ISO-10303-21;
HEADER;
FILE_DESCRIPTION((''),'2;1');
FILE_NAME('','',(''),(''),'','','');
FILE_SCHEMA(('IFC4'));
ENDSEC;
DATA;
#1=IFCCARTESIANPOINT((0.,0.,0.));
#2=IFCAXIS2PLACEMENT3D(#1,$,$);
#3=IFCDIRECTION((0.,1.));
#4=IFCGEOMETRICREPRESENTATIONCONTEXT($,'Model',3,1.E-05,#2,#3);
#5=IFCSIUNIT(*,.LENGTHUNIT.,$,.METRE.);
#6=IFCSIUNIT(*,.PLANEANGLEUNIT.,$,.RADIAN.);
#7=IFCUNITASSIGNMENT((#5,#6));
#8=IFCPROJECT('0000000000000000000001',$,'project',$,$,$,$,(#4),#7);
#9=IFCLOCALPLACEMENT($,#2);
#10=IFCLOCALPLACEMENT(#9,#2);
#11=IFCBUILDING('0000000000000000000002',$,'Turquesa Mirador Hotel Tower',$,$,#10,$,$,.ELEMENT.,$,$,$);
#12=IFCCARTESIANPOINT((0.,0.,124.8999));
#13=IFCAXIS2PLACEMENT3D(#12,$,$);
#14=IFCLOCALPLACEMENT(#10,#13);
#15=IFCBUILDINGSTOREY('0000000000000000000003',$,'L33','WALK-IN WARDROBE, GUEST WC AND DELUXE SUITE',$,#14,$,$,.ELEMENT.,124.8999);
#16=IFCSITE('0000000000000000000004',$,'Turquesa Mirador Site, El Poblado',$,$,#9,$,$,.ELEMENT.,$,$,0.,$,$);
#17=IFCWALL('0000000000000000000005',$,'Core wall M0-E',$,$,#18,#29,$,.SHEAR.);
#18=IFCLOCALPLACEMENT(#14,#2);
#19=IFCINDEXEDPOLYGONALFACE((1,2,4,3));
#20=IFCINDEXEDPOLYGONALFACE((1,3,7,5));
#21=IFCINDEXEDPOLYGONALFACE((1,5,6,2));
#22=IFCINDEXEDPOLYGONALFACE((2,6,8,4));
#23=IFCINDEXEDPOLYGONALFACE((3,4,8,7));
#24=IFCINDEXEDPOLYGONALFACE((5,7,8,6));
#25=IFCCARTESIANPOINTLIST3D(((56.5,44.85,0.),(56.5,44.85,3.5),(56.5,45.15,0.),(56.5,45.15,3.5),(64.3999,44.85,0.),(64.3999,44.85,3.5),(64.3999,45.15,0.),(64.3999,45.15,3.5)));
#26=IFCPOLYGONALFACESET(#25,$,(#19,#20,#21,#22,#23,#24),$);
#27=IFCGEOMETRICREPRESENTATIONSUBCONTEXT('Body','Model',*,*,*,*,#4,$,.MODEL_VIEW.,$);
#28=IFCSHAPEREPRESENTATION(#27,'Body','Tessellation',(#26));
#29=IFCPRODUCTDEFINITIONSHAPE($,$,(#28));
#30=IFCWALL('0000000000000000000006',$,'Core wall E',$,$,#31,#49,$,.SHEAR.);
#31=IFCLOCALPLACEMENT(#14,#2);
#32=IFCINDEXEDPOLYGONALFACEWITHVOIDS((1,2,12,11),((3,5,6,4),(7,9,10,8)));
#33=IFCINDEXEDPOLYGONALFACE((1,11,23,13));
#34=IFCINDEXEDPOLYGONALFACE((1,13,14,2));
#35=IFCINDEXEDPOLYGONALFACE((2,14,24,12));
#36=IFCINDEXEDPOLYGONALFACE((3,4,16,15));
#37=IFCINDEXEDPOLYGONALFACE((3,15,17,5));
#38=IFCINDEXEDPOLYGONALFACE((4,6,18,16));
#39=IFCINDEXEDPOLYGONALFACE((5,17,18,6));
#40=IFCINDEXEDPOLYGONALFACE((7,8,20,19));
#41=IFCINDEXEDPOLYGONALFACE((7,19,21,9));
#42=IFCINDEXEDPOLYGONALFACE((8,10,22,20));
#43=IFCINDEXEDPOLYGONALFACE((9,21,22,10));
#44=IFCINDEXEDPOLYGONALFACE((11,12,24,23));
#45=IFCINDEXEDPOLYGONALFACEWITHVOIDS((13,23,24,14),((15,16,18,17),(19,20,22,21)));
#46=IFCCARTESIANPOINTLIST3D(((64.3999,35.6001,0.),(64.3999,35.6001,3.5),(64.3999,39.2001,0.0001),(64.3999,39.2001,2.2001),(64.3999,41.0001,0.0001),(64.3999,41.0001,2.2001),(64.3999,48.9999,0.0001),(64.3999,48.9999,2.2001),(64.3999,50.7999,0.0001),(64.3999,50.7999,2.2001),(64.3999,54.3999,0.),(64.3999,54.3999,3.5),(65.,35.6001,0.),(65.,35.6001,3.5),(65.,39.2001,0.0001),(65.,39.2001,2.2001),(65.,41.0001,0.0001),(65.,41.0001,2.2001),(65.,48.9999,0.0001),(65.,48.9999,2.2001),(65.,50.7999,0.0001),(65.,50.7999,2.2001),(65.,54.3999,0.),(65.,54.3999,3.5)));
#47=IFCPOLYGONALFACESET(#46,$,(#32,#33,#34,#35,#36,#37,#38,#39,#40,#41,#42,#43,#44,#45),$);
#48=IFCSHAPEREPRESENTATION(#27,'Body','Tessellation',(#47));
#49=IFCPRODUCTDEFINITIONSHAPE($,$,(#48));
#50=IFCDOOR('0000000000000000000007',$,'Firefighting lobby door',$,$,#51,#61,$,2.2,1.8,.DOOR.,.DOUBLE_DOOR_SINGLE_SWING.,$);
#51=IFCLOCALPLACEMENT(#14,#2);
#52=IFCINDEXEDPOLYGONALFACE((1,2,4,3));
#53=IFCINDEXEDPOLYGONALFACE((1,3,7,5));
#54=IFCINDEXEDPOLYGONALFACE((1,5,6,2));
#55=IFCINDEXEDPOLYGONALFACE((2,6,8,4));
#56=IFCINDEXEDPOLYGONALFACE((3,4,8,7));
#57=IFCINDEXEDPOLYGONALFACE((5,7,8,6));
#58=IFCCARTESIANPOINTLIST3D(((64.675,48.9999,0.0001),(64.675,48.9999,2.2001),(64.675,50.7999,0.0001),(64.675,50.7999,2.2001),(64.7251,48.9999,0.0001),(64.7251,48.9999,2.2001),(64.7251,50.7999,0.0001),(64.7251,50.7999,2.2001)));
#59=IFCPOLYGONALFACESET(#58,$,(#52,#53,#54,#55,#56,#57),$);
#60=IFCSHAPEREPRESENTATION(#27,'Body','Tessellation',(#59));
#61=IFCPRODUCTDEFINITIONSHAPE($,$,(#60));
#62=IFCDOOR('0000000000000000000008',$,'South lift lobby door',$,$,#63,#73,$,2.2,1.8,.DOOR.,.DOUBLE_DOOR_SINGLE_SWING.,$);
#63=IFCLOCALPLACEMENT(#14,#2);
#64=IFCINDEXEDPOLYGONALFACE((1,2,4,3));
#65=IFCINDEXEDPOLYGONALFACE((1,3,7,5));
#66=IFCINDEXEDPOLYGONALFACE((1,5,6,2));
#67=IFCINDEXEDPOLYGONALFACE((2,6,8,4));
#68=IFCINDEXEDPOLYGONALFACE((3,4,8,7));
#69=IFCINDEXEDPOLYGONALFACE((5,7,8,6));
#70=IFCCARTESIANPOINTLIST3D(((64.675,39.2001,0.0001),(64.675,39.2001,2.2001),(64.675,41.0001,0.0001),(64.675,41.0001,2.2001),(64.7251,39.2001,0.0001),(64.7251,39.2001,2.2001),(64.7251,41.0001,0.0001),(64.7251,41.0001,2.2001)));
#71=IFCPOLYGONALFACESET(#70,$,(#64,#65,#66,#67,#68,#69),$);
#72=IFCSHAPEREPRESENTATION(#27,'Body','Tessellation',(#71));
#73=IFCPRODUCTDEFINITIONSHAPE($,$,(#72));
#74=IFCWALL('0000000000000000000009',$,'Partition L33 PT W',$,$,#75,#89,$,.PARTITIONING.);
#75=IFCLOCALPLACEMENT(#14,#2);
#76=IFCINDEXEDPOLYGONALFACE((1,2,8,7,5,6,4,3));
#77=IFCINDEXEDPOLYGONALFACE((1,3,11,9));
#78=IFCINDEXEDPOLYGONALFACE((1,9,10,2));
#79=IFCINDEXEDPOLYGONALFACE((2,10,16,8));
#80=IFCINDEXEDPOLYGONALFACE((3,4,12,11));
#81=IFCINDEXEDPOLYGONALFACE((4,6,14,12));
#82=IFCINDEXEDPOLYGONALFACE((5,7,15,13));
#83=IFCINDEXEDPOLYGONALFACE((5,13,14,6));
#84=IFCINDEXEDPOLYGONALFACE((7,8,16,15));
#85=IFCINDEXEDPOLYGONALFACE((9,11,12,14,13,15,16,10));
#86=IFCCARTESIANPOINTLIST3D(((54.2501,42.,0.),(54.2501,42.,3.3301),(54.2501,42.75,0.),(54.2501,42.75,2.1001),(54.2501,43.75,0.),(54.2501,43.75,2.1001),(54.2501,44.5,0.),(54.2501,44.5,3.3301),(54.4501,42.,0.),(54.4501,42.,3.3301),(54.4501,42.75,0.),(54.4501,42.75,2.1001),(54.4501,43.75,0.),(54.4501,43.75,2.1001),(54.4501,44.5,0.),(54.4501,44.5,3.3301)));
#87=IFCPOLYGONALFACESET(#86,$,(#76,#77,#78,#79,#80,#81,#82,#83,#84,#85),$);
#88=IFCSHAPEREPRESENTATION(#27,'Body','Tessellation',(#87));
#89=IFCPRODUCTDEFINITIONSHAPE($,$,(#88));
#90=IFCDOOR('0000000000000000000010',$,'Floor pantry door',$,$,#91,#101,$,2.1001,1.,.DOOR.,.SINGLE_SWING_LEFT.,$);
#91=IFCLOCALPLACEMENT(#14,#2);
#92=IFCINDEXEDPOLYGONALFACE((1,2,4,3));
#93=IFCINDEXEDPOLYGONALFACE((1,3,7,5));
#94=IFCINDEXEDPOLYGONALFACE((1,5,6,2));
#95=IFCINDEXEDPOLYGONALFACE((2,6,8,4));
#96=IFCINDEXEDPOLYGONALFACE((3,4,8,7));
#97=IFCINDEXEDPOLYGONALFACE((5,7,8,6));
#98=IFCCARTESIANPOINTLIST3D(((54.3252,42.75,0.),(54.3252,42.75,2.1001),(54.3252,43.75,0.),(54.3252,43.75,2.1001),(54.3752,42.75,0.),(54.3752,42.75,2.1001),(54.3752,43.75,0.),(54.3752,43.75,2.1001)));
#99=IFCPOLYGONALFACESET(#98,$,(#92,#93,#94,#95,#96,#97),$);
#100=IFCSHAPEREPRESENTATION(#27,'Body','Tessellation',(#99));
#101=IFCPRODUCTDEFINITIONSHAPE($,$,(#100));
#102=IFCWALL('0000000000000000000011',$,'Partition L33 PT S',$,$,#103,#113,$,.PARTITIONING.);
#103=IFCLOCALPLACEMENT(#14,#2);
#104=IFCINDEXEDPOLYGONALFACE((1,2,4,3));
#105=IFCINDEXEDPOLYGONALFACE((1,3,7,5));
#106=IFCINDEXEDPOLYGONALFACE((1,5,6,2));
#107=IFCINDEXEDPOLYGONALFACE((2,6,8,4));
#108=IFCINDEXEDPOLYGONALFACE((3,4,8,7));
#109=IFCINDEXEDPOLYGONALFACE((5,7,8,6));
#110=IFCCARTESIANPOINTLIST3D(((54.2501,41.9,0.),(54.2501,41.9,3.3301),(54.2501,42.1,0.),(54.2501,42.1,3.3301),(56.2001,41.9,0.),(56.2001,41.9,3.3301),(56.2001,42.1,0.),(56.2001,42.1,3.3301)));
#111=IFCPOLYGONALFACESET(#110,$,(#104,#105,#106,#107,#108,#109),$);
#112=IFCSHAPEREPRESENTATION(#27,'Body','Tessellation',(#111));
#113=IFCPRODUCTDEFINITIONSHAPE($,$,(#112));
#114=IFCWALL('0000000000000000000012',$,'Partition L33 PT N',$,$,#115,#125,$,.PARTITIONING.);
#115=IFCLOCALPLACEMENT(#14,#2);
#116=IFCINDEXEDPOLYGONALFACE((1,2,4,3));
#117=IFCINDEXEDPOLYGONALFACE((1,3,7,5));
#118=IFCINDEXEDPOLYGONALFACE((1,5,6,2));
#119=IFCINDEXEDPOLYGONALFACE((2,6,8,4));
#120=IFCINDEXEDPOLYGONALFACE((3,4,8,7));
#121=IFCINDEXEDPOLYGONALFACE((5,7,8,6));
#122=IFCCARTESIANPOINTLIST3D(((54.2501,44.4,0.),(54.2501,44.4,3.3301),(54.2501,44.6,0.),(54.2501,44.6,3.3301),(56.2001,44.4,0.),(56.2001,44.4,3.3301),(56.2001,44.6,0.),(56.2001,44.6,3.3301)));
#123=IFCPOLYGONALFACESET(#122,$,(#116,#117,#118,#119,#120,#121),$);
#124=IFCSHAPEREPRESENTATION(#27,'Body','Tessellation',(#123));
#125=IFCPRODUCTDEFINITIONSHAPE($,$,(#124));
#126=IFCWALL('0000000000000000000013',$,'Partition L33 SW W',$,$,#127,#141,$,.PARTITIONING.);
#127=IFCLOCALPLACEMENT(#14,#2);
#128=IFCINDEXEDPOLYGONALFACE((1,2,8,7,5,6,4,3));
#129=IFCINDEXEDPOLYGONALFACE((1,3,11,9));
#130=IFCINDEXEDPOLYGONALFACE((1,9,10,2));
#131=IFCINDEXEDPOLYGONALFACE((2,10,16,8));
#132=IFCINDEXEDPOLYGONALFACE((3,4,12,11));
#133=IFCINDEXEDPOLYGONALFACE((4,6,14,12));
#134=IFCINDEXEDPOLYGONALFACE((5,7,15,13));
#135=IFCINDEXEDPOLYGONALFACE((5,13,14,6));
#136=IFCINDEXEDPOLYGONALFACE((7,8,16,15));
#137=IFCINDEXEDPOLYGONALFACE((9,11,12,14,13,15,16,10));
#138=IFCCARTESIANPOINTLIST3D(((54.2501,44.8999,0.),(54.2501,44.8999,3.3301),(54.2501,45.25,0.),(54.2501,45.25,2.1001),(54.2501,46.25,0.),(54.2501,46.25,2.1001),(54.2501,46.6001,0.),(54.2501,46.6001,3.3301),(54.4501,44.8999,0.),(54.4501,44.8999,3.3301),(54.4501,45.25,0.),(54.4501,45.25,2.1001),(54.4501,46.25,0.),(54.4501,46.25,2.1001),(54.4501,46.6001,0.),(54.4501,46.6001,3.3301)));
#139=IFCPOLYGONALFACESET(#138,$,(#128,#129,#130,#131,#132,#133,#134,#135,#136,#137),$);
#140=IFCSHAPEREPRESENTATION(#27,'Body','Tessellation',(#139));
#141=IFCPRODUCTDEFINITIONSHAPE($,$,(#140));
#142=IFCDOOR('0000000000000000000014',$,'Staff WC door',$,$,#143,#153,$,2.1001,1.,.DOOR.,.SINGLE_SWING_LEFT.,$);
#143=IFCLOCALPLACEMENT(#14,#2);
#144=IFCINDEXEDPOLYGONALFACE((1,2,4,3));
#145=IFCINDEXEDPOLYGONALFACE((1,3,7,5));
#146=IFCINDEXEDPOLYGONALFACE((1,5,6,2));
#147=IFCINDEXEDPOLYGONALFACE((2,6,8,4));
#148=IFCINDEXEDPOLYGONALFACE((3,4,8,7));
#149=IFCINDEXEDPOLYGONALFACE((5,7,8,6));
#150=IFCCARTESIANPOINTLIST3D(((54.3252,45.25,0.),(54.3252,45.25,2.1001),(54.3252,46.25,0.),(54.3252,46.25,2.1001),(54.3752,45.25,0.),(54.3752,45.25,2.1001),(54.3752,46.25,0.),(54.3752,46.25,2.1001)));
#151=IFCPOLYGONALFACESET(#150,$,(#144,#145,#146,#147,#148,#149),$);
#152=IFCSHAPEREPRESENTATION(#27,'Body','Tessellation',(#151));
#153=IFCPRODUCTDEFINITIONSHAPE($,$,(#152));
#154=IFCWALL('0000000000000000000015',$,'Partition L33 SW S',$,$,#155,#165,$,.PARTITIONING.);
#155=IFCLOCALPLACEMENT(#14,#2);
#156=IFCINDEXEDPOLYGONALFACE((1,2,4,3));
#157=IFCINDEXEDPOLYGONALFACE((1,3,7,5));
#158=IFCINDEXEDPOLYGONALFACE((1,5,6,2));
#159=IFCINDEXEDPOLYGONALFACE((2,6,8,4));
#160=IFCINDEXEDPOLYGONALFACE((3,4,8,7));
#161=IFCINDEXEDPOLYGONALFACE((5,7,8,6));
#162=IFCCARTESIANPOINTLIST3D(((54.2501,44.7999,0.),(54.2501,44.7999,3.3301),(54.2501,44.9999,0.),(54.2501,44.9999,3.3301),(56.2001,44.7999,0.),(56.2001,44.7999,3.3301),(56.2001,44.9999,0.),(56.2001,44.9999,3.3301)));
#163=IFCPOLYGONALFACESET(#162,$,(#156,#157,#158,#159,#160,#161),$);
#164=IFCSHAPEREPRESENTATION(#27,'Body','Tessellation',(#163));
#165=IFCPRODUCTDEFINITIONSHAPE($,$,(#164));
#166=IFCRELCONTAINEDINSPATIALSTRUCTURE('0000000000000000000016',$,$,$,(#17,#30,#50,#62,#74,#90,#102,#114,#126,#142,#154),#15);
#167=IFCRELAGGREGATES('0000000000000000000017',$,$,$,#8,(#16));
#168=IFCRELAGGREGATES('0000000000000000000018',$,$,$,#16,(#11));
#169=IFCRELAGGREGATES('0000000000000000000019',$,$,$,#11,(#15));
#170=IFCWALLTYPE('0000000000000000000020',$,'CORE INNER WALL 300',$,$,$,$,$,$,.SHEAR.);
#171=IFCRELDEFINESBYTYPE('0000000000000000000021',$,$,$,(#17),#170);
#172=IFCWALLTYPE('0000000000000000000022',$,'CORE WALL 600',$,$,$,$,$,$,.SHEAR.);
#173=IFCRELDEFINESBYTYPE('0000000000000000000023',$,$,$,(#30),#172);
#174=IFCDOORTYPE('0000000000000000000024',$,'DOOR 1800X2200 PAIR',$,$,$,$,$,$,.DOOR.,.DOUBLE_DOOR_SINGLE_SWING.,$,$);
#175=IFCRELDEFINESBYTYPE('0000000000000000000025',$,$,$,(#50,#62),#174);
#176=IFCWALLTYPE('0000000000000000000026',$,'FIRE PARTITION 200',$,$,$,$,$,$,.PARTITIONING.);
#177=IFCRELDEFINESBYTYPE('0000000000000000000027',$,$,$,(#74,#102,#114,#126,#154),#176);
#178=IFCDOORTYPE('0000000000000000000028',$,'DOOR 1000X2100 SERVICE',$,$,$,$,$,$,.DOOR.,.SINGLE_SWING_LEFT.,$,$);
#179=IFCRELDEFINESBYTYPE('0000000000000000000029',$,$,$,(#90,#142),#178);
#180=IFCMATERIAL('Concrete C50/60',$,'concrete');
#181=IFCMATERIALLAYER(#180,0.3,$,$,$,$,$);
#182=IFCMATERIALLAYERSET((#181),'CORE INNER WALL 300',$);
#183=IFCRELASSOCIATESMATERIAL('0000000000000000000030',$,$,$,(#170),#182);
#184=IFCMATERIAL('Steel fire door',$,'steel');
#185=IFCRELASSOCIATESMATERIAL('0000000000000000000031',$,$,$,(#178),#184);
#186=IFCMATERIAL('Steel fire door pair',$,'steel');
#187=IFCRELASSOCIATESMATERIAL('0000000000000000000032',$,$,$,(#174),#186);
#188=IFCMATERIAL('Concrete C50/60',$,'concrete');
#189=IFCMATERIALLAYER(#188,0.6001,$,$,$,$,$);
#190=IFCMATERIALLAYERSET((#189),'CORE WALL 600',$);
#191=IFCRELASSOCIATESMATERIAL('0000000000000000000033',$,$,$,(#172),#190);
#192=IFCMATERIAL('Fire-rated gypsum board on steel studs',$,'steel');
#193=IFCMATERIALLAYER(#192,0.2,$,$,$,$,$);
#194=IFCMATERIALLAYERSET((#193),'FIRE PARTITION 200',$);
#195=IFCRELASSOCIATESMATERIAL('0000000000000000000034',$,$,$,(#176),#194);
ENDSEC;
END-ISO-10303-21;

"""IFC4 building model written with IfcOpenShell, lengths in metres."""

from ifc_helpers import new_model, si_unit, direction, frame, frame_2d, origin, place, context, subcontext, project, spatial, rectangle, extrude, material, layer, layer_set, type_object, element, fill, save


model = new_model("IFC4")

# Units and contexts
model_context = context("Model", 3, precision=1e-05, world=origin(), true_north=direction((0.0, 1.0)))
body_context = subcontext(model_context, "Body", "Model", "MODEL_VIEW")
ifc_project = project(units=[si_unit("LENGTHUNIT", "METRE"), si_unit("PLANEANGLEUNIT", "RADIAN")], contexts=[model_context])

# Site, building, storey
site_placement = place(None, origin())
site = spatial("IfcSite", under=ifc_project, at=site_placement, Name="Turquesa Mirador Site, El Poblado", CompositionType="ELEMENT", RefElevation=0.0)
building_placement = place(site_placement, origin())
building = spatial("IfcBuilding", under=site, at=building_placement, Name="Turquesa Mirador Hotel Tower", CompositionType="ELEMENT")
storey_placement = place(building_placement, frame((0.0, 0.0, 124.8999)))
storey = spatial("IfcBuildingStorey", under=building, at=storey_placement, Name="L33", Description="WALK-IN WARDROBE, GUEST WC AND DELUXE SUITE", CompositionType="ELEMENT", Elevation=124.8999)

# Shared definitions
ifc_material_1 = material(Name="Concrete C50/60", Category="concrete")
ifc_layer_1 = layer(ifc_material_1, 0.3)
ifc_layer_set_1 = layer_set([ifc_layer_1], Name="CORE INNER WALL 300")
wall_type_1 = type_object("IfcWallType", Name="CORE INNER WALL 300", PredefinedType="SHEAR", material=ifc_layer_set_1)
ifc_material_2 = material(Name="Steel fire door", Category="steel")
door_type_1 = type_object("IfcDoorType", Name="DOOR 1000X2100 SERVICE", OperationType="SINGLE_SWING_LEFT", PredefinedType="DOOR", material=ifc_material_2)
ifc_material_3 = material(Name="Steel fire door pair", Category="steel")
door_type_2 = type_object("IfcDoorType", Name="DOOR 1800X2200 PAIR", OperationType="DOUBLE_DOOR_SINGLE_SWING", PredefinedType="DOOR", material=ifc_material_3)

# Wall
wall_1_placement = place(storey_placement, frame((56.5, 45.0, 0.0), z_axis=(0.0, 0.0, 1.0), x_axis=(1.0, 0.0, 0.0)))
element("IfcWall", 1, at=wall_1_placement, inside=storey, type_object=wall_type_1, Name="Core wall M0-E", PredefinedType="SHEAR", context=body_context, shape_type="SweptSolid", body=[
    extrude(rectangle(XDim=7.8999, YDim=0.3, at=frame_2d((3.95, 0.0))), origin(), (0.0, 0.0, 1.0), 3.5),
])

# Wall, openings, doors
ifc_material_4 = material(Name="Concrete C50/60", Category="concrete")
ifc_layer_2 = layer(ifc_material_4, 0.6001)
ifc_layer_set_2 = layer_set([ifc_layer_2], Name="CORE WALL 600")
wall_type_2 = type_object("IfcWallType", Name="CORE WALL 600", PredefinedType="SHEAR", material=ifc_layer_set_2)
wall_2_placement = place(storey_placement, frame((64.7, 35.6001, 0.0), z_axis=(0.0, 0.0, 1.0), x_axis=(0.0, 1.0, 0.0)))
wall_2 = element("IfcWall", 2, at=wall_2_placement, inside=storey, type_object=wall_type_2, Name="Core wall E", PredefinedType="SHEAR", context=body_context, shape_type="SweptSolid", body=[
    extrude(rectangle(XDim=18.7998, YDim=0.6001, at=frame_2d((9.3999, 0.0))), origin(), (0.0, 0.0, 1.0), 3.5),
])
opening_1_placement = place(wall_2_placement, frame((13.3999, 0.0, 0.0)))
opening_1 = element("IfcOpeningElement", 3, at=opening_1_placement, cuts=wall_2, PredefinedType="OPENING", context=body_context, shape_type="SweptSolid", body=[
    extrude(rectangle(XDim=1.8, YDim=2.2, at=frame_2d((0.8999, 1.1001))), frame((0.0, 0.3101, 0.0), z_axis=(0.0, -1.0, 0.0), x_axis=(1.0, 0.0, 0.0)), (0.0, 0.0, 1.0), 0.6201),
])
opening_2_placement = place(wall_2_placement, frame((3.6001, 0.0, 0.0)))
opening_2 = element("IfcOpeningElement", 4, at=opening_2_placement, cuts=wall_2, PredefinedType="OPENING", context=body_context, shape_type="SweptSolid", body=[
    extrude(rectangle(XDim=1.8, YDim=2.2, at=frame_2d((0.8999, 1.1001))), frame((0.0, 0.3101, 0.0), z_axis=(0.0, -1.0, 0.0), x_axis=(1.0, 0.0, 0.0)), (0.0, 0.0, 1.0), 0.6201),
])
door_1_placement = place(opening_1_placement, origin())
door_1 = element("IfcDoor", 5, at=door_1_placement, inside=storey, type_object=door_type_2, Name="Firefighting lobby door", OperationType="DOUBLE_DOOR_SINGLE_SWING", OverallHeight=2.2, OverallWidth=1.8, PredefinedType="DOOR", context=body_context, shape_type="SweptSolid", body=[
    extrude(rectangle(XDim=1.8, YDim=2.2, at=frame_2d((0.8999, 1.1001))), frame((0.0, 0.0249, 0.0), z_axis=(0.0, -1.0, 0.0), x_axis=(1.0, 0.0, 0.0)), (0.0, 0.0, 1.0), 0.05),
])
fill(opening_1, door_1)
door_2_placement = place(opening_2_placement, origin())
door_2 = element("IfcDoor", 6, at=door_2_placement, inside=storey, type_object=door_type_2, Name="South lift lobby door", OperationType="DOUBLE_DOOR_SINGLE_SWING", OverallHeight=2.2, OverallWidth=1.8, PredefinedType="DOOR", context=body_context, shape_type="SweptSolid", body=[
    extrude(rectangle(XDim=1.8, YDim=2.2, at=frame_2d((0.8999, 1.1001))), frame((0.0, 0.0249, 0.0), z_axis=(0.0, -1.0, 0.0), x_axis=(1.0, 0.0, 0.0)), (0.0, 0.0, 1.0), 0.05),
])
fill(opening_2, door_2)

# Wall, opening, door
ifc_material_5 = material(Name="Fire-rated gypsum board on steel studs", Category="steel")
ifc_layer_3 = layer(ifc_material_5, 0.2)
ifc_layer_set_3 = layer_set([ifc_layer_3], Name="FIRE PARTITION 200")
wall_type_3 = type_object("IfcWallType", Name="FIRE PARTITION 200", PredefinedType="PARTITIONING", material=ifc_layer_set_3)
wall_3_placement = place(storey_placement, frame((54.3501, 42.0, 0.0), z_axis=(0.0, 0.0, 1.0), x_axis=(0.0, 1.0, 0.0)))
wall_3 = element("IfcWall", 7, at=wall_3_placement, inside=storey, type_object=wall_type_3, Name="Partition L33 PT W", PredefinedType="PARTITIONING", context=body_context, shape_type="SweptSolid", body=[
    extrude(rectangle(XDim=2.5, YDim=0.2, at=frame_2d((1.25, 0.0))), origin(), (0.0, 0.0, 1.0), 3.3301),
])
opening_3_placement = place(wall_3_placement, frame((0.75, 0.0, 0.0)))
opening_3 = element("IfcOpeningElement", 8, at=opening_3_placement, cuts=wall_3, PredefinedType="OPENING", context=body_context, shape_type="SweptSolid", body=[
    extrude(rectangle(XDim=1.0, YDim=2.1001, at=frame_2d((0.5, 1.05))), frame((0.0, 0.1099, 0.0), z_axis=(0.0, -1.0, 0.0), x_axis=(1.0, 0.0, 0.0)), (0.0, 0.0, 1.0), 0.22),
])
door_3_placement = place(opening_3_placement, origin())
door_3 = element("IfcDoor", 9, at=door_3_placement, inside=storey, type_object=door_type_1, Name="Floor pantry door", OperationType="SINGLE_SWING_LEFT", OverallHeight=2.1001, OverallWidth=1.0, PredefinedType="DOOR", context=body_context, shape_type="SweptSolid", body=[
    extrude(rectangle(XDim=1.0, YDim=2.1001, at=frame_2d((0.5, 1.05))), frame((0.0, 0.0249, 0.0), z_axis=(0.0, -1.0, 0.0), x_axis=(1.0, 0.0, 0.0)), (0.0, 0.0, 1.0), 0.05),
])
fill(opening_3, door_3)

# Walls
for number, where, z_axis, x_axis, name in (
    (10, (54.25, 42.0, 0.0), (0.0, 0.0, 1.0), (1.0, 0.0, 0.0), "Partition L33 PT S"),
    (11, (54.25, 44.5, 0.0), (0.0, 0.0, 1.0), (1.0, 0.0, 0.0), "Partition L33 PT N"),
):
    element("IfcWall", number, at=place(storey_placement, frame(where, z_axis=z_axis, x_axis=x_axis)), inside=storey, type_object=wall_type_3, Name=name, PredefinedType="PARTITIONING", context=body_context, shape_type="SweptSolid", body=[
        extrude(rectangle(XDim=1.95, YDim=0.2, at=frame_2d((0.9751, 0.0))), origin(), (0.0, 0.0, 1.0), 3.3301),
    ])

# Wall, opening, door
wall_4_placement = place(storey_placement, frame((54.3501, 44.8999, 0.0), z_axis=(0.0, 0.0, 1.0), x_axis=(0.0, 1.0, 0.0)))
wall_4 = element("IfcWall", 12, at=wall_4_placement, inside=storey, type_object=wall_type_3, Name="Partition L33 SW W", PredefinedType="PARTITIONING", context=body_context, shape_type="SweptSolid", body=[
    extrude(rectangle(XDim=1.7002, YDim=0.2, at=frame_2d((0.8501, 0.0))), origin(), (0.0, 0.0, 1.0), 3.3301),
])
opening_4_placement = place(wall_4_placement, frame((0.3501, 0.0, 0.0)))
opening_4 = element("IfcOpeningElement", 13, at=opening_4_placement, cuts=wall_4, PredefinedType="OPENING", context=body_context, shape_type="SweptSolid", body=[
    extrude(rectangle(XDim=1.0, YDim=2.1001, at=frame_2d((0.5, 1.05))), frame((0.0, 0.1099, 0.0), z_axis=(0.0, -1.0, 0.0), x_axis=(1.0, 0.0, 0.0)), (0.0, 0.0, 1.0), 0.22),
])
door_4_placement = place(opening_4_placement, origin())
door_4 = element("IfcDoor", 14, at=door_4_placement, inside=storey, type_object=door_type_1, Name="Staff WC door", OperationType="SINGLE_SWING_LEFT", OverallHeight=2.1001, OverallWidth=1.0, PredefinedType="DOOR", context=body_context, shape_type="SweptSolid", body=[
    extrude(rectangle(XDim=1.0, YDim=2.1001, at=frame_2d((0.5, 1.05))), frame((0.0, 0.0249, 0.0), z_axis=(0.0, -1.0, 0.0), x_axis=(1.0, 0.0, 0.0)), (0.0, 0.0, 1.0), 0.05),
])
fill(opening_4, door_4)

# Wall
wall_5_placement = place(storey_placement, frame((54.25, 44.8999, 0.0), z_axis=(0.0, 0.0, 1.0), x_axis=(1.0, 0.0, 0.0)))
element("IfcWall", 15, at=wall_5_placement, inside=storey, type_object=wall_type_3, Name="Partition L33 SW S", PredefinedType="PARTITIONING", context=body_context, shape_type="SweptSolid", body=[
    extrude(rectangle(XDim=1.95, YDim=0.2, at=frame_2d((0.9751, 0.0))), origin(), (0.0, 0.0, 1.0), 3.3301),
])

save(model, "model.ifc")
